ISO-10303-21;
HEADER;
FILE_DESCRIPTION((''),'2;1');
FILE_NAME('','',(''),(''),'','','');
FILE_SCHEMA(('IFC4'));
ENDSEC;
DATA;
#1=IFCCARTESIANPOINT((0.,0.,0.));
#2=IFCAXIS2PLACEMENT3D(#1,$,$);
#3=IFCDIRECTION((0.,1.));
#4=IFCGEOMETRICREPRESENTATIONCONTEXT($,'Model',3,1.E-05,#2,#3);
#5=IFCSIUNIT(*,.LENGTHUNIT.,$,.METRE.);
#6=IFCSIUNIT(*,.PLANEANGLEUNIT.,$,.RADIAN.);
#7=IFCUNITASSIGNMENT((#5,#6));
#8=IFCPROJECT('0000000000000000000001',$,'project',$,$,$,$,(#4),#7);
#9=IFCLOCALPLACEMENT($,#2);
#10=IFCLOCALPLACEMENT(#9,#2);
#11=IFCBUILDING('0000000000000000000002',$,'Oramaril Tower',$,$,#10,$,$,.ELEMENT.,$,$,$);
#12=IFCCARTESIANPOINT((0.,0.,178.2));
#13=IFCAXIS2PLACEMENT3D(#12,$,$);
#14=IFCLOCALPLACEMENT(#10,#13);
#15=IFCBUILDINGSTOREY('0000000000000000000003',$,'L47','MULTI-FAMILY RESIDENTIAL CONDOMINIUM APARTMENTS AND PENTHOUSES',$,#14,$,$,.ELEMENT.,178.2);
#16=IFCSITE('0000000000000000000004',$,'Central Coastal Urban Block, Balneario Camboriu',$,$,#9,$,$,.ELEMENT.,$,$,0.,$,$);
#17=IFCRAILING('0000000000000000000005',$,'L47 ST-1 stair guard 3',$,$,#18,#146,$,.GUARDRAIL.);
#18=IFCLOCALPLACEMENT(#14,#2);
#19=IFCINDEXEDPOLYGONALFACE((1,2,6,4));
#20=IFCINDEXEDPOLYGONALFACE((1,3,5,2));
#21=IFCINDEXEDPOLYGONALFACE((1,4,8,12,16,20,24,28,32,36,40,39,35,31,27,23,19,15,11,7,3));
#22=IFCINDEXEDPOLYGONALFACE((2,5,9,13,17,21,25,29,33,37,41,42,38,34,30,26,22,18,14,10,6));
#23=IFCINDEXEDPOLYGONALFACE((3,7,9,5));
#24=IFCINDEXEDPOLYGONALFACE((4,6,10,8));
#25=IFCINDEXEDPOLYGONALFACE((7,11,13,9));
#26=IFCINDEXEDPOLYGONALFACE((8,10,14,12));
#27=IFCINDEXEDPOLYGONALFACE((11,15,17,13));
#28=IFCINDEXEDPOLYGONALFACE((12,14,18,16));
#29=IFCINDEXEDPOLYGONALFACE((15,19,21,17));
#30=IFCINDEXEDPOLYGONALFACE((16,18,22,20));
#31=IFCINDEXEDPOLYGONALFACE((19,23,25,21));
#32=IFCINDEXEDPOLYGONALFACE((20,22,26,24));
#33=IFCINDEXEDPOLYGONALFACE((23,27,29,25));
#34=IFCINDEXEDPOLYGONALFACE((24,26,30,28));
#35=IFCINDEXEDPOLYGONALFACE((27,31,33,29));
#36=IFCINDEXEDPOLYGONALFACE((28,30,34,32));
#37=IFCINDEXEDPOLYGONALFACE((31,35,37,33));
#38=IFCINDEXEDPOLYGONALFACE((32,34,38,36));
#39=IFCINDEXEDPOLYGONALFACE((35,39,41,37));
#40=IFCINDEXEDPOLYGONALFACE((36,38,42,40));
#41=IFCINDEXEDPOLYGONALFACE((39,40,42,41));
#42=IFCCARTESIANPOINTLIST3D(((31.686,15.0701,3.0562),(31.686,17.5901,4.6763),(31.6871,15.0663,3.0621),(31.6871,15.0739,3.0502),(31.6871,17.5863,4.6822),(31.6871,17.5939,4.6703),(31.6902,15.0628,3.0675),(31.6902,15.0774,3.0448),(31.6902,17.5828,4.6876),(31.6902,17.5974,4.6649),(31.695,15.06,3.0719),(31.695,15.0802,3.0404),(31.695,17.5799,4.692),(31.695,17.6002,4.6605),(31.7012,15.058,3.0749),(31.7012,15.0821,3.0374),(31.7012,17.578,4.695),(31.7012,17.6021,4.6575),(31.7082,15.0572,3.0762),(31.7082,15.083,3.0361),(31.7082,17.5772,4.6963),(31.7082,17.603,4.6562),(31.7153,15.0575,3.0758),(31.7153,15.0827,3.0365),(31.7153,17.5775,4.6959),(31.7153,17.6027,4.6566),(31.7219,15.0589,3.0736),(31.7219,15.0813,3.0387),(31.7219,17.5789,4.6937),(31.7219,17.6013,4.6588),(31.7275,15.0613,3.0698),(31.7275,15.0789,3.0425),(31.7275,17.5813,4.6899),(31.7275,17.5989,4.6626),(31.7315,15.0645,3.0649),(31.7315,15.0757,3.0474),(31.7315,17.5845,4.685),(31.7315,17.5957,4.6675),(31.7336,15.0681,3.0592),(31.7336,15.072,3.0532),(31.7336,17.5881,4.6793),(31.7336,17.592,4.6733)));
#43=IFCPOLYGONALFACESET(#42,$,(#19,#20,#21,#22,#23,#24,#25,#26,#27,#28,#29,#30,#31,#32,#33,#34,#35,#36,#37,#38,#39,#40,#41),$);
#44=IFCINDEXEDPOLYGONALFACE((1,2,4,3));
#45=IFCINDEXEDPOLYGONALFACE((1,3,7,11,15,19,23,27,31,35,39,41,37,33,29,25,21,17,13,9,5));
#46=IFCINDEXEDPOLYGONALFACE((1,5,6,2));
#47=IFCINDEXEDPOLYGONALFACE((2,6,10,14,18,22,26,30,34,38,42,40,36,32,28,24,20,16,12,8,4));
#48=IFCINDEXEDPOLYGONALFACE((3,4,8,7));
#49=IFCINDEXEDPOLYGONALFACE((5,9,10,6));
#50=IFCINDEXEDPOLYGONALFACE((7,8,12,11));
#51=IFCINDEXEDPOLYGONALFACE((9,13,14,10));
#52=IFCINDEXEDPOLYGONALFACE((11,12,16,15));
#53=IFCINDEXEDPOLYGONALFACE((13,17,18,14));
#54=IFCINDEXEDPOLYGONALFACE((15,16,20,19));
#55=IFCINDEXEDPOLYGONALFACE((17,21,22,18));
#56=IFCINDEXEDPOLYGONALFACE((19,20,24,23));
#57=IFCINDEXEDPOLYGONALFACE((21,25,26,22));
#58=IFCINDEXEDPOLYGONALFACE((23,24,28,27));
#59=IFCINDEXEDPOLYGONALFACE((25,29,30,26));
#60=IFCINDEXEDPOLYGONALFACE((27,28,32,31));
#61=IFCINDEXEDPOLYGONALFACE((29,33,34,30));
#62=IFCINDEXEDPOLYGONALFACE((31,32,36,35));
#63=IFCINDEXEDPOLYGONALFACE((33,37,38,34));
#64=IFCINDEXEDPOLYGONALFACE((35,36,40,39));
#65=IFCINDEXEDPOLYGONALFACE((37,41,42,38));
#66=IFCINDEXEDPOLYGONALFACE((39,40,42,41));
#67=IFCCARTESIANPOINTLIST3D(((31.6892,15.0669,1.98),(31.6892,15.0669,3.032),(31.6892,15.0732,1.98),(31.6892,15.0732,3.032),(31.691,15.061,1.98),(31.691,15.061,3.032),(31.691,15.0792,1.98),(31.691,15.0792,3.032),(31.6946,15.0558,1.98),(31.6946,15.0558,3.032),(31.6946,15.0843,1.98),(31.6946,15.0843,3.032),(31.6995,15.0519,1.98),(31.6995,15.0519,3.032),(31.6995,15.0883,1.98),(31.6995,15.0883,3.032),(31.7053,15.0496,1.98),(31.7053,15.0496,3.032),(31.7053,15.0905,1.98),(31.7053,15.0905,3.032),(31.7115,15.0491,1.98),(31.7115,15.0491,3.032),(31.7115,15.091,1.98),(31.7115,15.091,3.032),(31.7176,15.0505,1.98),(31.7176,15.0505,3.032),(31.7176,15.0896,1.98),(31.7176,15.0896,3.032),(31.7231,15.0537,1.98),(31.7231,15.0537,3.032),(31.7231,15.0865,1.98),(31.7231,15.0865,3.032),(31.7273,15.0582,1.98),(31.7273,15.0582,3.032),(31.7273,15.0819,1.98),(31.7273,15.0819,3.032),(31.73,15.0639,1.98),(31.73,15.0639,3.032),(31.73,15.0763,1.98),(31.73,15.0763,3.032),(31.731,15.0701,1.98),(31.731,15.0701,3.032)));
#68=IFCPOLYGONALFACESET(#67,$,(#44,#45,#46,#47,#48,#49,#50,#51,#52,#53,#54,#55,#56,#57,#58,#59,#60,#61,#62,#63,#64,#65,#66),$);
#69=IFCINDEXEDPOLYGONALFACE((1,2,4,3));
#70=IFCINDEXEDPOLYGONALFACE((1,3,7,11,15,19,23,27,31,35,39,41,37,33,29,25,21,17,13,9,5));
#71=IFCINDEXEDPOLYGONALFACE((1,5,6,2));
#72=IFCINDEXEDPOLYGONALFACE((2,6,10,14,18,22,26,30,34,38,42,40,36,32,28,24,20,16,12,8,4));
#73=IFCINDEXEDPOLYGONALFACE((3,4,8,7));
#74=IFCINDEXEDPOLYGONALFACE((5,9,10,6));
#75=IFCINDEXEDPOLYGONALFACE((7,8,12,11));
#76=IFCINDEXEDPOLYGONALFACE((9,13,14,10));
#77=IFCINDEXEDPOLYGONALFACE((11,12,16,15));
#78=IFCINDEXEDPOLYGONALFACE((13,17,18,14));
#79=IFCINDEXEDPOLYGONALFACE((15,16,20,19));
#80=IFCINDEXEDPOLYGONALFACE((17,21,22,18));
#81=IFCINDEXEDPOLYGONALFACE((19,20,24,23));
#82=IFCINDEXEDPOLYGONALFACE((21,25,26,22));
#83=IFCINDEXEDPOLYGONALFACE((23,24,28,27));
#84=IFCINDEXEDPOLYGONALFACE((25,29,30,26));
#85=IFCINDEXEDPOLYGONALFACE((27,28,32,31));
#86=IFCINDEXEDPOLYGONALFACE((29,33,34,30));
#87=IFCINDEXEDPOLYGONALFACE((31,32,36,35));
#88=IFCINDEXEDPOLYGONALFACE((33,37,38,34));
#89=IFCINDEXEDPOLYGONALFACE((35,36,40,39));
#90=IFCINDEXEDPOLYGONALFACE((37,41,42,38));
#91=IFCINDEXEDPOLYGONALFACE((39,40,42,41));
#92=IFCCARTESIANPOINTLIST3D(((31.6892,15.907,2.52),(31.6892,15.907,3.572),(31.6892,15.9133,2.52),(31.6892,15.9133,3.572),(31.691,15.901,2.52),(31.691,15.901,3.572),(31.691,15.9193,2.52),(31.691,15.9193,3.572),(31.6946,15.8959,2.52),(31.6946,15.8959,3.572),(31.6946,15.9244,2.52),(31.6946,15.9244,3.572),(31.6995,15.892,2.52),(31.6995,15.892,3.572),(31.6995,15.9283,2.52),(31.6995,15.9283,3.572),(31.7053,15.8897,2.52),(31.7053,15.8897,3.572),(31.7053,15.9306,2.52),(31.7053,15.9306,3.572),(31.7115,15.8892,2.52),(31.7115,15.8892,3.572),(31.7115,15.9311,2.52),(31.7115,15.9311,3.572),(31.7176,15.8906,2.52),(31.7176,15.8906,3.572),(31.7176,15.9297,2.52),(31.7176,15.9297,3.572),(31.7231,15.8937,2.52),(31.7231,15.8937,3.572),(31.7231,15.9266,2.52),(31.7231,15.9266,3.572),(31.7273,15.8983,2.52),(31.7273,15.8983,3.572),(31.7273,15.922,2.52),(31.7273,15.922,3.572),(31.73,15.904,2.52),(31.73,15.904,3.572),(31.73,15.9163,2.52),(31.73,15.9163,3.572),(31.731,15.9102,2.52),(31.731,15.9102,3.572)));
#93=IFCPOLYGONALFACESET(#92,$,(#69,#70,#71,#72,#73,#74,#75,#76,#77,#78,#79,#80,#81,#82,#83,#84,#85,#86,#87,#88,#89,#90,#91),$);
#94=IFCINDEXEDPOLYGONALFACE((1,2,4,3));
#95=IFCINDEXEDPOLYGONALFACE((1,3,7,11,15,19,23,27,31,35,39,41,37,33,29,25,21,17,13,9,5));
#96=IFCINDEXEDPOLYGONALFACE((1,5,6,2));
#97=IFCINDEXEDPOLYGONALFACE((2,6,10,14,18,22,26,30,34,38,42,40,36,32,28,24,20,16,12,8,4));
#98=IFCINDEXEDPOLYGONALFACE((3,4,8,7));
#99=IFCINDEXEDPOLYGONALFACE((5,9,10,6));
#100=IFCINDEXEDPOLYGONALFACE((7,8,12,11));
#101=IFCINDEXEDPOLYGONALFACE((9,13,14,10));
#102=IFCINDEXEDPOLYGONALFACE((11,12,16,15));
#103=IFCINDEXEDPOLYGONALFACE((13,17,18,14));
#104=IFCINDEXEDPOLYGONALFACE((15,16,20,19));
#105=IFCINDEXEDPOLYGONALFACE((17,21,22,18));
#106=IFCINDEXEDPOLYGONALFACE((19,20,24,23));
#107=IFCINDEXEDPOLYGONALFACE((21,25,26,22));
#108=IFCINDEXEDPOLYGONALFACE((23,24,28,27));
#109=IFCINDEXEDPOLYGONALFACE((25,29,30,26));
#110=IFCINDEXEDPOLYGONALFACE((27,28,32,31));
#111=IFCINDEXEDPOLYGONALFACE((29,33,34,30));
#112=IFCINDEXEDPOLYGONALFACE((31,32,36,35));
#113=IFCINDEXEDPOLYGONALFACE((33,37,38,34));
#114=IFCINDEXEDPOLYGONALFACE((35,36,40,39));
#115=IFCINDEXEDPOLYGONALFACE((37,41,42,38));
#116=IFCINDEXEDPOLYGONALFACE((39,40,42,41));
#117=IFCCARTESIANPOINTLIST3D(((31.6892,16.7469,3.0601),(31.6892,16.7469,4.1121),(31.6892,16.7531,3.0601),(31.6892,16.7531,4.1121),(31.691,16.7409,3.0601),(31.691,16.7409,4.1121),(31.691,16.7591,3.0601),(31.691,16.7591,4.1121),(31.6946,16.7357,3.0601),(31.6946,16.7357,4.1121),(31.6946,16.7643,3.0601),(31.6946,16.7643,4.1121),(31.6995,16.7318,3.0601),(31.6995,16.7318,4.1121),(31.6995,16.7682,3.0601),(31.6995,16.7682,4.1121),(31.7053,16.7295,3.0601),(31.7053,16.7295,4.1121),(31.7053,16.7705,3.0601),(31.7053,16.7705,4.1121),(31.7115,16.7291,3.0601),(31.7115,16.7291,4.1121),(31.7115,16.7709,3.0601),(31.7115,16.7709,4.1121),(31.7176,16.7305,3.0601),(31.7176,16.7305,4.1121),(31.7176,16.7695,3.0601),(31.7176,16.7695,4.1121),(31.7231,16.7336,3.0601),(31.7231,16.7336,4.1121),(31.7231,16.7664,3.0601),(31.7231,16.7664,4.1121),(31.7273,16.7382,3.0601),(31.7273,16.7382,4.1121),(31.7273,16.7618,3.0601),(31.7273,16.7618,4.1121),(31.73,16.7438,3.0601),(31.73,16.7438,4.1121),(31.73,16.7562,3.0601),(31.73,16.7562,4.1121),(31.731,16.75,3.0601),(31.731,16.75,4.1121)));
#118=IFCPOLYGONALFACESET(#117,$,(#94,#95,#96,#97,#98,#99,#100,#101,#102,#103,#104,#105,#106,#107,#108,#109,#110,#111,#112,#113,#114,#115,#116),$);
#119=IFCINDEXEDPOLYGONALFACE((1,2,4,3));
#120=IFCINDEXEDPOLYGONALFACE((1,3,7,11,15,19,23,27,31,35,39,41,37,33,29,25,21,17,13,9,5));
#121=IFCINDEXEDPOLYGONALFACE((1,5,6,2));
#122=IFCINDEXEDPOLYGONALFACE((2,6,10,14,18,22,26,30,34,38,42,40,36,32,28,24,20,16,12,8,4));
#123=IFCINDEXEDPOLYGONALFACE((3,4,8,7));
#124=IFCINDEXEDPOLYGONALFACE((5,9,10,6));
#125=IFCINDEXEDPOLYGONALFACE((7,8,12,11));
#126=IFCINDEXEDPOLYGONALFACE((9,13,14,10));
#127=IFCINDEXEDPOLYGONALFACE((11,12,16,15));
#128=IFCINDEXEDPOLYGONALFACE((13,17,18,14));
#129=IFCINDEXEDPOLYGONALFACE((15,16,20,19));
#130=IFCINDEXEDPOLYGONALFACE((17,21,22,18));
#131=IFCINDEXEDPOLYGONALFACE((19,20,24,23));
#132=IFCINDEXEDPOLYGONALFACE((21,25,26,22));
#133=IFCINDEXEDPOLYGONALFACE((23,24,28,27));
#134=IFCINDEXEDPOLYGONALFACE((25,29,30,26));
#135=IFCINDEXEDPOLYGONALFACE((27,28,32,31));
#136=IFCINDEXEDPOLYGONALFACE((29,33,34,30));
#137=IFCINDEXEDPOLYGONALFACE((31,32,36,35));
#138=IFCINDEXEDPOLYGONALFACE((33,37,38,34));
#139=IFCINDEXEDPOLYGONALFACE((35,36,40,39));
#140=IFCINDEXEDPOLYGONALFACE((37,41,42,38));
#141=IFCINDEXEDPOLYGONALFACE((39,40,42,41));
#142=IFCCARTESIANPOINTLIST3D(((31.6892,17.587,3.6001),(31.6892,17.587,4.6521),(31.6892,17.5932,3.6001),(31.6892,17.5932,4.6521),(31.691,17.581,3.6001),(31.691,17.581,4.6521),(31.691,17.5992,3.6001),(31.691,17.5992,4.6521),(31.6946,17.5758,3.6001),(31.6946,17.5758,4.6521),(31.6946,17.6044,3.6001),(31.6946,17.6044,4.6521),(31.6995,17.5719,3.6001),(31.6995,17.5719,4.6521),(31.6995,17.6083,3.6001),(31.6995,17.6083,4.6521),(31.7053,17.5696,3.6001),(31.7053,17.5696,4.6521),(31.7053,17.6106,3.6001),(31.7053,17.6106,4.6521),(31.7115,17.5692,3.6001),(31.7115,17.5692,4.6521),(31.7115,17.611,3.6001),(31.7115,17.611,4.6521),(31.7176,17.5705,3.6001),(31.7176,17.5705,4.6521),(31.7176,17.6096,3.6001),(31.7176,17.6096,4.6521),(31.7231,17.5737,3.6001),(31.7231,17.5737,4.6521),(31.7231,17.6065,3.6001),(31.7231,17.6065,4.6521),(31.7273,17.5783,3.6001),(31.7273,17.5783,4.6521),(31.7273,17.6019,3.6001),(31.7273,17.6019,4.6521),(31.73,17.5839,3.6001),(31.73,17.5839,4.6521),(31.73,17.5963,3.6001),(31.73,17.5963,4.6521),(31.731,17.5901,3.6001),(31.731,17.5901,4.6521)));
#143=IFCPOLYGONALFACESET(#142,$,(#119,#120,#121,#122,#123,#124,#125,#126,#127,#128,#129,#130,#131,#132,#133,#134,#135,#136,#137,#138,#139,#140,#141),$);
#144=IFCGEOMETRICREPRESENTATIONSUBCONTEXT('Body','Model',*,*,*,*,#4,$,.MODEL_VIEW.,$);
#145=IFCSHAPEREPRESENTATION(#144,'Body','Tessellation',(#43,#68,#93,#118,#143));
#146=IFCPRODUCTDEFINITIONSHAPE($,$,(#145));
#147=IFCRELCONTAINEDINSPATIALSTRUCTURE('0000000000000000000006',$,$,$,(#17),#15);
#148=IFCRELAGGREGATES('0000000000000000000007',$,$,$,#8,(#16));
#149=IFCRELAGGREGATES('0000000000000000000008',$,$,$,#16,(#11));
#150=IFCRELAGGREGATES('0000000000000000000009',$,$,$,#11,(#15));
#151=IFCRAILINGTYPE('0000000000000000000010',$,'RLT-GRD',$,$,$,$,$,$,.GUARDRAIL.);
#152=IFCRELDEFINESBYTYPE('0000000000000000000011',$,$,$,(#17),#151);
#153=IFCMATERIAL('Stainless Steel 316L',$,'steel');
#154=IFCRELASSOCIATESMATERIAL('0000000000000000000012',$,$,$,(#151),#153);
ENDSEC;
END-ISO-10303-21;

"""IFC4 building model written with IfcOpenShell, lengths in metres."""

from ifc_helpers import new_model, si_unit, direction, frame, origin, origin_2d, place, context, subcontext, project, spatial, circle, extrude, material, type_object, element, save


model = new_model("IFC4")

# Units and contexts
model_context = context("Model", 3, precision=1e-05, world=origin(), true_north=direction((0.0, 1.0)))
body_context = subcontext(model_context, "Body", "Model", "MODEL_VIEW")
ifc_project = project(units=[si_unit("LENGTHUNIT", "METRE"), si_unit("PLANEANGLEUNIT", "RADIAN")], contexts=[model_context])

# Site, building, storey
site_placement = place(None, origin())
site = spatial("IfcSite", under=ifc_project, at=site_placement, Name="Central Coastal Urban Block, Balneario Camboriu", CompositionType="ELEMENT", RefElevation=0.0)
building_placement = place(site_placement, origin())
building = spatial("IfcBuilding", under=site, at=building_placement, Name="Oramaril Tower", CompositionType="ELEMENT")
storey_placement = place(building_placement, frame((0.0, 0.0, 178.2)))
storey = spatial("IfcBuildingStorey", under=building, at=storey_placement, Name="L47", Description="MULTI-FAMILY RESIDENTIAL CONDOMINIUM APARTMENTS AND PENTHOUSES", CompositionType="ELEMENT", Elevation=178.2)

# Railing
ifc_material_1 = material(Name="Stainless Steel 316L", Category="steel")
railing_type_1 = type_object("IfcRailingType", Name="RLT-GRD", PredefinedType="GUARDRAIL", material=ifc_material_1)
railing_1_placement = place(storey_placement, frame((31.71, 15.0701, 1.98)))
element("IfcRailing", 1, at=railing_1_placement, inside=storey, type_object=railing_type_1, Name="L47 ST-1 stair guard 3", PredefinedType="GUARDRAIL", context=body_context, shape_type="SweptSolid", body=[
    extrude(circle(Radius=0.0239, at=origin_2d()), frame((0.0, 0.0, 1.0762), z_axis=(0.0, 0.841163, 0.540782), x_axis=(-1.0, 0.0, 0.0)), (0.0, 0.0, 1.0), 2.9958),
    extrude(circle(Radius=0.021, at=origin_2d()), origin(), (0.0, 0.0, 1.0), 1.052),
    extrude(circle(Radius=0.021, at=origin_2d()), frame((0.0, 0.8401, 0.54)), (0.0, 0.0, 1.0), 1.052),
    extrude(circle(Radius=0.021, at=origin_2d()), frame((0.0, 1.6799, 1.0801)), (0.0, 0.0, 1.0), 1.052),
    extrude(circle(Radius=0.021, at=origin_2d()), frame((0.0, 2.52, 1.6201)), (0.0, 0.0, 1.0), 1.052),
])

save(model, "model.ifc")
